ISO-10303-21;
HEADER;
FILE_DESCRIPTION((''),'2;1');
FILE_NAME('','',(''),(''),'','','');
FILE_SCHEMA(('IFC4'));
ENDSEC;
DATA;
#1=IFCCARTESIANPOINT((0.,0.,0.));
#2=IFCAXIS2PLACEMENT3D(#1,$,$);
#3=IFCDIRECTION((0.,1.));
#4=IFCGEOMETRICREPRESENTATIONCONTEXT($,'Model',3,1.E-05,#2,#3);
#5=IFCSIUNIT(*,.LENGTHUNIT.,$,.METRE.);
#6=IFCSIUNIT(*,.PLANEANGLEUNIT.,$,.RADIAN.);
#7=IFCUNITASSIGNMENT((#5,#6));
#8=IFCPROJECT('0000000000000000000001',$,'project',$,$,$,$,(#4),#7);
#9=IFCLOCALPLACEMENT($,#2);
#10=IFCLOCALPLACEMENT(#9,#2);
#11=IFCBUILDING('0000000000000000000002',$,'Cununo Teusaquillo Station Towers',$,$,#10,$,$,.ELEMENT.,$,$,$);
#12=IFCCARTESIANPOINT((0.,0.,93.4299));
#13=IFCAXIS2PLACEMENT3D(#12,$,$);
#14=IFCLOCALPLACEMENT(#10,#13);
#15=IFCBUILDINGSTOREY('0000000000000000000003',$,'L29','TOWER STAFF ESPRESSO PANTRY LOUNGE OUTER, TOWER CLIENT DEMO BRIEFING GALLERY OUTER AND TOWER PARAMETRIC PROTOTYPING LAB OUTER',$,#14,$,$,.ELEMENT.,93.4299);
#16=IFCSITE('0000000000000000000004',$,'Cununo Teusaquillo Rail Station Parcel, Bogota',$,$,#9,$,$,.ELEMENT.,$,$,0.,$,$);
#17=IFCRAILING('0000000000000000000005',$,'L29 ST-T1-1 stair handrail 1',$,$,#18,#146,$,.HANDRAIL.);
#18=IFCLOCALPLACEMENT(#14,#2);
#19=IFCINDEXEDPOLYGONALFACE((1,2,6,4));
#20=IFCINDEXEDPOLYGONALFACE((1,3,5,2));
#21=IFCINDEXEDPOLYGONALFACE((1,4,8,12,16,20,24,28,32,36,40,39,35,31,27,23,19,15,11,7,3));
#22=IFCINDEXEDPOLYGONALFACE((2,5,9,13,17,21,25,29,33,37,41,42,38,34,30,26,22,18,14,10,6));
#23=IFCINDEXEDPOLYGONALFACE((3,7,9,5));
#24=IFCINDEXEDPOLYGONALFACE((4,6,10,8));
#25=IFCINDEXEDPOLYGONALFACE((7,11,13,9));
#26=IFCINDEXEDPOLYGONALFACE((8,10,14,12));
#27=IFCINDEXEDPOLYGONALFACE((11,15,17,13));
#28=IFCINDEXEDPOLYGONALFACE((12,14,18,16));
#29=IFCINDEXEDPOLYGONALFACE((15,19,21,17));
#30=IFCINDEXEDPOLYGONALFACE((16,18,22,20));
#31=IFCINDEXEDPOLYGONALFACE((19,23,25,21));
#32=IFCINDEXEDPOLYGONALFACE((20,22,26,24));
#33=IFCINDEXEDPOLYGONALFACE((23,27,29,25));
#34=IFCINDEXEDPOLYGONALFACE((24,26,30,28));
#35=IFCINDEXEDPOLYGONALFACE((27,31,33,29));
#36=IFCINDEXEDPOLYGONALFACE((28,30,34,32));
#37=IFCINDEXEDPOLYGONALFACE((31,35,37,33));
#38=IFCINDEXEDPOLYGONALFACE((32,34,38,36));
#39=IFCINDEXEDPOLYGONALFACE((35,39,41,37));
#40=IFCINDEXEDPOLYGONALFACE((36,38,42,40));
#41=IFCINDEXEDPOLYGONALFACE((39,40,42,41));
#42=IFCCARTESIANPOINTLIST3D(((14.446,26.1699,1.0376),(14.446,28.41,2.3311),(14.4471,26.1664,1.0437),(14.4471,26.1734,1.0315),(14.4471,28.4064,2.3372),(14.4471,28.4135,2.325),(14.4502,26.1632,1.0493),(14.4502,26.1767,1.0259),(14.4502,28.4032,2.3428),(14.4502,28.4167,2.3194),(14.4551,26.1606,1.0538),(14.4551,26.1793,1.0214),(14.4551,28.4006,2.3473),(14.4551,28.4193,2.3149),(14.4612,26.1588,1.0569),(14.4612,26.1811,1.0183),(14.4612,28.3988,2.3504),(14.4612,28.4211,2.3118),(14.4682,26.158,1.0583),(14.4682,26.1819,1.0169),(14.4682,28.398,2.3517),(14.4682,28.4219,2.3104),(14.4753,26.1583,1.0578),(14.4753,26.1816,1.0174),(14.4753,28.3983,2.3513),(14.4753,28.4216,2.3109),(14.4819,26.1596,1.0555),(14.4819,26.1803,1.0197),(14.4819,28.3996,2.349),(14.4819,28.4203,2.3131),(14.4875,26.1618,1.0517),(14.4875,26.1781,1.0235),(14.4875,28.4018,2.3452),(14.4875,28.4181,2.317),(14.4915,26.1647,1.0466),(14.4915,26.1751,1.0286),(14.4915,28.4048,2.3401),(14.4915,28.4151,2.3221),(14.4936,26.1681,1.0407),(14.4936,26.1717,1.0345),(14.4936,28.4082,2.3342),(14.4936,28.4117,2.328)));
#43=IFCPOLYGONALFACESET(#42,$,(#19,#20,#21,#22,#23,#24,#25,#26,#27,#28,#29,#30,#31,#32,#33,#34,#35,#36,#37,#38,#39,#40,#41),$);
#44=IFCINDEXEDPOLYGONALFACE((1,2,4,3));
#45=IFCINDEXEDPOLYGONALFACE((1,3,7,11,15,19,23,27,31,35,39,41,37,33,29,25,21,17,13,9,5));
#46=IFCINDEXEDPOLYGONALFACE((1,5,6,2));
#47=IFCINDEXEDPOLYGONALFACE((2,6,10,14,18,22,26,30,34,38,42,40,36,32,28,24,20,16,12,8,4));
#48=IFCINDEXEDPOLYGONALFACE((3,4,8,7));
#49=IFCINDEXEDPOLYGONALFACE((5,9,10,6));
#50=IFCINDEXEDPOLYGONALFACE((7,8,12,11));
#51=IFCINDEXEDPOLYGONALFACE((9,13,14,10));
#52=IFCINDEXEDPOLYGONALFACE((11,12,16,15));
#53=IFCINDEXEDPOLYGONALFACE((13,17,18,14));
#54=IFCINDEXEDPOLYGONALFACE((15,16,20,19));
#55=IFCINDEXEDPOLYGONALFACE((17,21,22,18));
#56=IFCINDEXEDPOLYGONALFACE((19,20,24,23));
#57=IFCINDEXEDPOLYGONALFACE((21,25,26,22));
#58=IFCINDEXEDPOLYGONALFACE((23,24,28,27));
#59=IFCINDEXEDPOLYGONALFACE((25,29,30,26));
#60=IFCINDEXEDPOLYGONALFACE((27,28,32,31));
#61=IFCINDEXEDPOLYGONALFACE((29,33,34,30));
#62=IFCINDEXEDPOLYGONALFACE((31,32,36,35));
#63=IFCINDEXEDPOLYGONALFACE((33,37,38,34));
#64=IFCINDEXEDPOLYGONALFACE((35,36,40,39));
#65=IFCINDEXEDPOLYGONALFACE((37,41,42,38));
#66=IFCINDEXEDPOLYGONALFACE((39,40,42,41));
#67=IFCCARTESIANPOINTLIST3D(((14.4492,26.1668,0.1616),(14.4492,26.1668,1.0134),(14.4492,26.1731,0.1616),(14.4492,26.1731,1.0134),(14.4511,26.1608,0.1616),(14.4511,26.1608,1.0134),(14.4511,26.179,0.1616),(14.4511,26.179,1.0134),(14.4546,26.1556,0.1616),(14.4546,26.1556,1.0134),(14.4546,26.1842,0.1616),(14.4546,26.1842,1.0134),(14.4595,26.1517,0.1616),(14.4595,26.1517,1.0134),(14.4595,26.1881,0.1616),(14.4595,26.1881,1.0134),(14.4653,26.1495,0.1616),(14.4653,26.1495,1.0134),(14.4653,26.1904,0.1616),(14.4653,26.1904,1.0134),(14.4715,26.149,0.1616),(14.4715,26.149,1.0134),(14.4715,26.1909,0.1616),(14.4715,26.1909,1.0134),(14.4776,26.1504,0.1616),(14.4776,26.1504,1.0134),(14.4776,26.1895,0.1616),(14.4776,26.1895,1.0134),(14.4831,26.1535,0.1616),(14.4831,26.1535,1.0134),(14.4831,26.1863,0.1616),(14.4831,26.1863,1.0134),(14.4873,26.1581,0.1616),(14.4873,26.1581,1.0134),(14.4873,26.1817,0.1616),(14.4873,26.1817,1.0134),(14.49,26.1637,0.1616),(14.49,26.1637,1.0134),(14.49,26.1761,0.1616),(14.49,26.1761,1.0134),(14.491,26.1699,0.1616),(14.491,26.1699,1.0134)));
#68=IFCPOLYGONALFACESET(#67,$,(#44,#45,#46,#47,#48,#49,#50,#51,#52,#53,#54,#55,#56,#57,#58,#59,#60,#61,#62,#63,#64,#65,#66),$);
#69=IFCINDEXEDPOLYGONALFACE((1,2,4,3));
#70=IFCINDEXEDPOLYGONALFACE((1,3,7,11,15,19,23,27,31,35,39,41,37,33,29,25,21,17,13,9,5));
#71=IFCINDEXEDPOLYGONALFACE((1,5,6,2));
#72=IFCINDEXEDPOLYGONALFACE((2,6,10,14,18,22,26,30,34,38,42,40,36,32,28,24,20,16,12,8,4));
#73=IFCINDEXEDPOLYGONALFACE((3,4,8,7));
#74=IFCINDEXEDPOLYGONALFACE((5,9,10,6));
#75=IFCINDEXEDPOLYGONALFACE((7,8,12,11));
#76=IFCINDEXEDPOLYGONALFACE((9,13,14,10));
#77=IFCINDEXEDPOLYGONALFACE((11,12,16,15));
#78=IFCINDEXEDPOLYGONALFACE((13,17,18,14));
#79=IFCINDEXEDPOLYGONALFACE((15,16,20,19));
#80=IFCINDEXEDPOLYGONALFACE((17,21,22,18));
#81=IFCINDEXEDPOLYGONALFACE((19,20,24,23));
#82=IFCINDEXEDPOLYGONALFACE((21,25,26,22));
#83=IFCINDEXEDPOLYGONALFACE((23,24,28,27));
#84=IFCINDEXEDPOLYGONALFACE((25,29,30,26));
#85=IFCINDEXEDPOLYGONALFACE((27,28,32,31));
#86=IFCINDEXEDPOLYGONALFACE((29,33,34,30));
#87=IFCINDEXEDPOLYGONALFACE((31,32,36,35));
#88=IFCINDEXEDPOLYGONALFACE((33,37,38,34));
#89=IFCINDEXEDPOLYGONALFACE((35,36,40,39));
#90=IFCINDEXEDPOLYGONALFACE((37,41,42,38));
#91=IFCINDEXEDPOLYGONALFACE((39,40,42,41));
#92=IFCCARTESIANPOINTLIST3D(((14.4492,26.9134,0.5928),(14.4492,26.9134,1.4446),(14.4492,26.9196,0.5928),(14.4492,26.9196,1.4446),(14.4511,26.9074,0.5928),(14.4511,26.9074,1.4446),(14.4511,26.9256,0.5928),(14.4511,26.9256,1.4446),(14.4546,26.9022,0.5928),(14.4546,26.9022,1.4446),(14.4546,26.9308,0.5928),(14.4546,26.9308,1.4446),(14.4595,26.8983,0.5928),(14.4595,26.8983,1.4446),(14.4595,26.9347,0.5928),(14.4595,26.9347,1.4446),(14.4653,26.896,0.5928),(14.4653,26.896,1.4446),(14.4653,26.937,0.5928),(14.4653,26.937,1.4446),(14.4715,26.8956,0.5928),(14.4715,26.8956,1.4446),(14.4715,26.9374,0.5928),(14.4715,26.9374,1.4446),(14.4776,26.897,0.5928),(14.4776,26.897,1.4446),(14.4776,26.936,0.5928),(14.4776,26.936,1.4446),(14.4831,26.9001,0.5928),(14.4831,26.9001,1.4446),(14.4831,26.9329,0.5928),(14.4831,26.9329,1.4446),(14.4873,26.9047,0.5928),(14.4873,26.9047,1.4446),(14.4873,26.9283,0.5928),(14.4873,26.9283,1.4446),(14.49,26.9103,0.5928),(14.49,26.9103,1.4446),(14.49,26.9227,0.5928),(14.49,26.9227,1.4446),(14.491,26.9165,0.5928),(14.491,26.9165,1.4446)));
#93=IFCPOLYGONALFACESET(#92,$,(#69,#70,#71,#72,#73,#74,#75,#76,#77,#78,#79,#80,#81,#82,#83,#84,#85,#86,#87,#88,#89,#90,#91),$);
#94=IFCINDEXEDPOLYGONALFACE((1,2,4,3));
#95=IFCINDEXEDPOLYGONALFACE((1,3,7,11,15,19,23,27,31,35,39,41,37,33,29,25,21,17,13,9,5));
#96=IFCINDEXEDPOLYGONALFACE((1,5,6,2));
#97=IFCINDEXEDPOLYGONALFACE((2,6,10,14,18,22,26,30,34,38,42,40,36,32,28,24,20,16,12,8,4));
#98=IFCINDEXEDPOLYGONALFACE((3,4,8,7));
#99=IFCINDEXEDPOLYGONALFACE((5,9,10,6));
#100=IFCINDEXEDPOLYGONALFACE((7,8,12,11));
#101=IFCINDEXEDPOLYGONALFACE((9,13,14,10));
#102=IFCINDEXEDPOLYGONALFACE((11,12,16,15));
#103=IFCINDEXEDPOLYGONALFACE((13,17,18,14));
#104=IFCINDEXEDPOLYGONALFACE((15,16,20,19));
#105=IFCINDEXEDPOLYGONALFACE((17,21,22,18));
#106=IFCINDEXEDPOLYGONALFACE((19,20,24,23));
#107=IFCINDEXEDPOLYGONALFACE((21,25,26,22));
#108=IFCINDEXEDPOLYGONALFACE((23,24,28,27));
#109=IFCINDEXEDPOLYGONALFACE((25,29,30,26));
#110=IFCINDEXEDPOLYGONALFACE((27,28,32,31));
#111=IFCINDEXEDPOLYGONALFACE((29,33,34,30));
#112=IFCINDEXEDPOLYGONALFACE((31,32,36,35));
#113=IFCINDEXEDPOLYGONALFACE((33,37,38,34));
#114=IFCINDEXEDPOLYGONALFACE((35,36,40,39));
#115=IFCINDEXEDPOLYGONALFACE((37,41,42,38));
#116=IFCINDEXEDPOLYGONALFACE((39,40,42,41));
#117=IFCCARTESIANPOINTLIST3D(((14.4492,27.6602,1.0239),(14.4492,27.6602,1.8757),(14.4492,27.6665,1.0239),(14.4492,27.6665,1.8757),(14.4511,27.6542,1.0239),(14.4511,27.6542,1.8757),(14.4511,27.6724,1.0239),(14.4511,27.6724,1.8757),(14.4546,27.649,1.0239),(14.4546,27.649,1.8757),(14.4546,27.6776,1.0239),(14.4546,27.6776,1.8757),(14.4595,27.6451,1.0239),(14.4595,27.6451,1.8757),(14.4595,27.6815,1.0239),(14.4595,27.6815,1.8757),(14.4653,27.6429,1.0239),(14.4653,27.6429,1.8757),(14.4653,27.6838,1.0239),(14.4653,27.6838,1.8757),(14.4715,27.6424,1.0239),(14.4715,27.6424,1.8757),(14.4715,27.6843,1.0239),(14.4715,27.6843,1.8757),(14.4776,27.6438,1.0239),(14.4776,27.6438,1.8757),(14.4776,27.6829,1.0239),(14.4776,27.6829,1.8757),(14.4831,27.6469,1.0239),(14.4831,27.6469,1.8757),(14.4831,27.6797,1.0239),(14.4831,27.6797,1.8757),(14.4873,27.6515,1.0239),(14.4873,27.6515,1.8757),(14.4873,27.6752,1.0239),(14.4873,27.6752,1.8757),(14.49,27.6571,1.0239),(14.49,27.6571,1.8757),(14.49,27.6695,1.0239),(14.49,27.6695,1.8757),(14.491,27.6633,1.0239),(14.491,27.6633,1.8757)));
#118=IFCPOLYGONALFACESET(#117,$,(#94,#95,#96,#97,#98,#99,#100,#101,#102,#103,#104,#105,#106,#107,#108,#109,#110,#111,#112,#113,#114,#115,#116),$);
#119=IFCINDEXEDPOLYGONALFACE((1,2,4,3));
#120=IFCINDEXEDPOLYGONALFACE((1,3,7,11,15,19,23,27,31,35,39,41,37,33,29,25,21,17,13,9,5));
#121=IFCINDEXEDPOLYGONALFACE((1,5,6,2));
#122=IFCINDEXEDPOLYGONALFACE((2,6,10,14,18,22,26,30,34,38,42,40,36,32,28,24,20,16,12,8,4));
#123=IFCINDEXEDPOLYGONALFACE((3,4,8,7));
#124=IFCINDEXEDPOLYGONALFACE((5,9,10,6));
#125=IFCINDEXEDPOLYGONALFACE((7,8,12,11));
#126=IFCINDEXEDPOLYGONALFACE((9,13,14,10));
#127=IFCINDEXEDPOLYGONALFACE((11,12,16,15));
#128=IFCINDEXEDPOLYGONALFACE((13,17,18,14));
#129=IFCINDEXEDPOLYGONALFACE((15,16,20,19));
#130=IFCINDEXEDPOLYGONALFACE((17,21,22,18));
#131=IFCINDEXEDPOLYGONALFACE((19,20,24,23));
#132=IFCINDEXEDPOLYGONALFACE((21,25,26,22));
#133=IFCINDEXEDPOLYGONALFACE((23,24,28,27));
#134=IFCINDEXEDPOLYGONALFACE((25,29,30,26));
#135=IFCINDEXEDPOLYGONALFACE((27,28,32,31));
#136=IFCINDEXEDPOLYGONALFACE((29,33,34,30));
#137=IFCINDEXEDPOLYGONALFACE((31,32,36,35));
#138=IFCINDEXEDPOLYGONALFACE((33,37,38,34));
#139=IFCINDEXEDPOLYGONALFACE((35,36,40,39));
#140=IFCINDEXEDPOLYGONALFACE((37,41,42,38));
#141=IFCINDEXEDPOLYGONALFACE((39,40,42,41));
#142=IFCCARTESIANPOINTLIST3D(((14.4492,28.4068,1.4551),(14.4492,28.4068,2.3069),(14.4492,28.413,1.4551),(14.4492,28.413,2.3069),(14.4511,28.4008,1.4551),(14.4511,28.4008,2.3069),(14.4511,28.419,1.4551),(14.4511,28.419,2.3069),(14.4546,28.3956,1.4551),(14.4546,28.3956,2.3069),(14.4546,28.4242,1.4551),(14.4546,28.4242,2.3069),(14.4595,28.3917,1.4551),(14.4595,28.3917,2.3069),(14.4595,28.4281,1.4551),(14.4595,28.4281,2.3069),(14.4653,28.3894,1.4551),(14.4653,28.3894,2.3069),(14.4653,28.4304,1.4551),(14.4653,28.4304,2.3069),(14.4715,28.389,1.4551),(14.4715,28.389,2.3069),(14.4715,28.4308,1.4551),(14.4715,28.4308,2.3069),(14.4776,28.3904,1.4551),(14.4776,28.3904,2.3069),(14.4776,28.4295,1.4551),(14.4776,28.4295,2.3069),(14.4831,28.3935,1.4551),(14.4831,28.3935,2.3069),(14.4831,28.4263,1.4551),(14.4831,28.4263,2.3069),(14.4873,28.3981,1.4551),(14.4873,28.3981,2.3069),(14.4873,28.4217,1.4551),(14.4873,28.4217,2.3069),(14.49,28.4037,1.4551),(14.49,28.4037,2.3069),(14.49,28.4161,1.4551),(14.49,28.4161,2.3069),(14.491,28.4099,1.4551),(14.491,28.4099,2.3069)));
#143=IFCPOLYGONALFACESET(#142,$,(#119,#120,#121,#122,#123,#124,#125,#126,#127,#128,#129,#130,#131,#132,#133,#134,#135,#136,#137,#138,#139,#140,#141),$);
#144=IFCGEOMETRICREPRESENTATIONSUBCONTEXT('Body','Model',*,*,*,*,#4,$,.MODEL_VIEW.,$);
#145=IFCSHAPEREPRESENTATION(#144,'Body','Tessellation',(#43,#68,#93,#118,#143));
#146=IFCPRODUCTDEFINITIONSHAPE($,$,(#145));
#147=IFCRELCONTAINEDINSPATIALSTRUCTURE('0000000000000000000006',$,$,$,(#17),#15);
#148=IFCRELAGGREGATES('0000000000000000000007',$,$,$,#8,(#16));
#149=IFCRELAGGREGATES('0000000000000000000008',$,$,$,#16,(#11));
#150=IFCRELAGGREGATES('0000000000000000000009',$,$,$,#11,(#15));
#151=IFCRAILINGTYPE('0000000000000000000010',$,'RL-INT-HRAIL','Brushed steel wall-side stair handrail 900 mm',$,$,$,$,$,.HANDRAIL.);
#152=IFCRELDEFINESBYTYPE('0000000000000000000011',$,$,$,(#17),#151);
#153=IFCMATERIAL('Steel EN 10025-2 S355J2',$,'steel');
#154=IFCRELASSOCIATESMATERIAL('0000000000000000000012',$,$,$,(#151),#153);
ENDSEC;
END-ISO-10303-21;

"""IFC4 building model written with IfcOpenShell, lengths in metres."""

from ifc_helpers import new_model, si_unit, direction, frame, origin, origin_2d, place, context, subcontext, project, spatial, circle, extrude, material, type_object, element, save


model = new_model("IFC4")

# Units and contexts
model_context = context("Model", 3, precision=1e-05, world=origin(), true_north=direction((0.0, 1.0)))
body_context = subcontext(model_context, "Body", "Model", "MODEL_VIEW")
ifc_project = project(units=[si_unit("LENGTHUNIT", "METRE"), si_unit("PLANEANGLEUNIT", "RADIAN")], contexts=[model_context])

# Site, building, storey
site_placement = place(None, origin())
site = spatial("IfcSite", under=ifc_project, at=site_placement, Name="Cununo Teusaquillo Rail Station Parcel, Bogota", CompositionType="ELEMENT", RefElevation=0.0)
building_placement = place(site_placement, origin())
building = spatial("IfcBuilding", under=site, at=building_placement, Name="Cununo Teusaquillo Station Towers", CompositionType="ELEMENT")
storey_placement = place(building_placement, frame((0.0, 0.0, 93.4299)))
storey = spatial("IfcBuildingStorey", under=building, at=storey_placement, Name="L29", Description="TOWER STAFF ESPRESSO PANTRY LOUNGE OUTER, TOWER CLIENT DEMO BRIEFING GALLERY OUTER AND TOWER PARAMETRIC PROTOTYPING LAB OUTER", CompositionType="ELEMENT", Elevation=93.4299)

# Railing
ifc_material_1 = material(Name="Steel EN 10025-2 S355J2", Category="steel")
railing_type_1 = type_object("IfcRailingType", Name="RL-INT-HRAIL", Description="Brushed steel wall-side stair handrail 900 mm", PredefinedType="HANDRAIL", material=ifc_material_1)
railing_1_placement = place(storey_placement, frame((14.47, 26.1699, 0.1616)))
element("IfcRailing", 1, at=railing_1_placement, inside=storey, type_object=railing_type_1, Name="L29 ST-T1-1 stair handrail 1", PredefinedType="HANDRAIL", context=body_context, shape_type="SweptSolid", body=[
    extrude(circle(Radius=0.0239, at=origin_2d()), frame((0.0, 0.0, 0.876), z_axis=(0.0, 0.865992, 0.500057), x_axis=(-1.0, 0.0, 0.0)), (0.0, 0.0, 1.0), 2.5867),
    extrude(circle(Radius=0.021, at=origin_2d()), origin(), (0.0, 0.0, 1.0), 0.8518),
    extrude(circle(Radius=0.021, at=origin_2d()), frame((0.0, 0.7466, 0.4312)), (0.0, 0.0, 1.0), 0.8518),
    extrude(circle(Radius=0.021, at=origin_2d()), frame((0.0, 1.4934, 0.8623)), (0.0, 0.0, 1.0), 0.8518),
    extrude(circle(Radius=0.021, at=origin_2d()), frame((0.0, 2.24, 1.2935)), (0.0, 0.0, 1.0), 0.8518),
])

save(model, "model.ifc")
